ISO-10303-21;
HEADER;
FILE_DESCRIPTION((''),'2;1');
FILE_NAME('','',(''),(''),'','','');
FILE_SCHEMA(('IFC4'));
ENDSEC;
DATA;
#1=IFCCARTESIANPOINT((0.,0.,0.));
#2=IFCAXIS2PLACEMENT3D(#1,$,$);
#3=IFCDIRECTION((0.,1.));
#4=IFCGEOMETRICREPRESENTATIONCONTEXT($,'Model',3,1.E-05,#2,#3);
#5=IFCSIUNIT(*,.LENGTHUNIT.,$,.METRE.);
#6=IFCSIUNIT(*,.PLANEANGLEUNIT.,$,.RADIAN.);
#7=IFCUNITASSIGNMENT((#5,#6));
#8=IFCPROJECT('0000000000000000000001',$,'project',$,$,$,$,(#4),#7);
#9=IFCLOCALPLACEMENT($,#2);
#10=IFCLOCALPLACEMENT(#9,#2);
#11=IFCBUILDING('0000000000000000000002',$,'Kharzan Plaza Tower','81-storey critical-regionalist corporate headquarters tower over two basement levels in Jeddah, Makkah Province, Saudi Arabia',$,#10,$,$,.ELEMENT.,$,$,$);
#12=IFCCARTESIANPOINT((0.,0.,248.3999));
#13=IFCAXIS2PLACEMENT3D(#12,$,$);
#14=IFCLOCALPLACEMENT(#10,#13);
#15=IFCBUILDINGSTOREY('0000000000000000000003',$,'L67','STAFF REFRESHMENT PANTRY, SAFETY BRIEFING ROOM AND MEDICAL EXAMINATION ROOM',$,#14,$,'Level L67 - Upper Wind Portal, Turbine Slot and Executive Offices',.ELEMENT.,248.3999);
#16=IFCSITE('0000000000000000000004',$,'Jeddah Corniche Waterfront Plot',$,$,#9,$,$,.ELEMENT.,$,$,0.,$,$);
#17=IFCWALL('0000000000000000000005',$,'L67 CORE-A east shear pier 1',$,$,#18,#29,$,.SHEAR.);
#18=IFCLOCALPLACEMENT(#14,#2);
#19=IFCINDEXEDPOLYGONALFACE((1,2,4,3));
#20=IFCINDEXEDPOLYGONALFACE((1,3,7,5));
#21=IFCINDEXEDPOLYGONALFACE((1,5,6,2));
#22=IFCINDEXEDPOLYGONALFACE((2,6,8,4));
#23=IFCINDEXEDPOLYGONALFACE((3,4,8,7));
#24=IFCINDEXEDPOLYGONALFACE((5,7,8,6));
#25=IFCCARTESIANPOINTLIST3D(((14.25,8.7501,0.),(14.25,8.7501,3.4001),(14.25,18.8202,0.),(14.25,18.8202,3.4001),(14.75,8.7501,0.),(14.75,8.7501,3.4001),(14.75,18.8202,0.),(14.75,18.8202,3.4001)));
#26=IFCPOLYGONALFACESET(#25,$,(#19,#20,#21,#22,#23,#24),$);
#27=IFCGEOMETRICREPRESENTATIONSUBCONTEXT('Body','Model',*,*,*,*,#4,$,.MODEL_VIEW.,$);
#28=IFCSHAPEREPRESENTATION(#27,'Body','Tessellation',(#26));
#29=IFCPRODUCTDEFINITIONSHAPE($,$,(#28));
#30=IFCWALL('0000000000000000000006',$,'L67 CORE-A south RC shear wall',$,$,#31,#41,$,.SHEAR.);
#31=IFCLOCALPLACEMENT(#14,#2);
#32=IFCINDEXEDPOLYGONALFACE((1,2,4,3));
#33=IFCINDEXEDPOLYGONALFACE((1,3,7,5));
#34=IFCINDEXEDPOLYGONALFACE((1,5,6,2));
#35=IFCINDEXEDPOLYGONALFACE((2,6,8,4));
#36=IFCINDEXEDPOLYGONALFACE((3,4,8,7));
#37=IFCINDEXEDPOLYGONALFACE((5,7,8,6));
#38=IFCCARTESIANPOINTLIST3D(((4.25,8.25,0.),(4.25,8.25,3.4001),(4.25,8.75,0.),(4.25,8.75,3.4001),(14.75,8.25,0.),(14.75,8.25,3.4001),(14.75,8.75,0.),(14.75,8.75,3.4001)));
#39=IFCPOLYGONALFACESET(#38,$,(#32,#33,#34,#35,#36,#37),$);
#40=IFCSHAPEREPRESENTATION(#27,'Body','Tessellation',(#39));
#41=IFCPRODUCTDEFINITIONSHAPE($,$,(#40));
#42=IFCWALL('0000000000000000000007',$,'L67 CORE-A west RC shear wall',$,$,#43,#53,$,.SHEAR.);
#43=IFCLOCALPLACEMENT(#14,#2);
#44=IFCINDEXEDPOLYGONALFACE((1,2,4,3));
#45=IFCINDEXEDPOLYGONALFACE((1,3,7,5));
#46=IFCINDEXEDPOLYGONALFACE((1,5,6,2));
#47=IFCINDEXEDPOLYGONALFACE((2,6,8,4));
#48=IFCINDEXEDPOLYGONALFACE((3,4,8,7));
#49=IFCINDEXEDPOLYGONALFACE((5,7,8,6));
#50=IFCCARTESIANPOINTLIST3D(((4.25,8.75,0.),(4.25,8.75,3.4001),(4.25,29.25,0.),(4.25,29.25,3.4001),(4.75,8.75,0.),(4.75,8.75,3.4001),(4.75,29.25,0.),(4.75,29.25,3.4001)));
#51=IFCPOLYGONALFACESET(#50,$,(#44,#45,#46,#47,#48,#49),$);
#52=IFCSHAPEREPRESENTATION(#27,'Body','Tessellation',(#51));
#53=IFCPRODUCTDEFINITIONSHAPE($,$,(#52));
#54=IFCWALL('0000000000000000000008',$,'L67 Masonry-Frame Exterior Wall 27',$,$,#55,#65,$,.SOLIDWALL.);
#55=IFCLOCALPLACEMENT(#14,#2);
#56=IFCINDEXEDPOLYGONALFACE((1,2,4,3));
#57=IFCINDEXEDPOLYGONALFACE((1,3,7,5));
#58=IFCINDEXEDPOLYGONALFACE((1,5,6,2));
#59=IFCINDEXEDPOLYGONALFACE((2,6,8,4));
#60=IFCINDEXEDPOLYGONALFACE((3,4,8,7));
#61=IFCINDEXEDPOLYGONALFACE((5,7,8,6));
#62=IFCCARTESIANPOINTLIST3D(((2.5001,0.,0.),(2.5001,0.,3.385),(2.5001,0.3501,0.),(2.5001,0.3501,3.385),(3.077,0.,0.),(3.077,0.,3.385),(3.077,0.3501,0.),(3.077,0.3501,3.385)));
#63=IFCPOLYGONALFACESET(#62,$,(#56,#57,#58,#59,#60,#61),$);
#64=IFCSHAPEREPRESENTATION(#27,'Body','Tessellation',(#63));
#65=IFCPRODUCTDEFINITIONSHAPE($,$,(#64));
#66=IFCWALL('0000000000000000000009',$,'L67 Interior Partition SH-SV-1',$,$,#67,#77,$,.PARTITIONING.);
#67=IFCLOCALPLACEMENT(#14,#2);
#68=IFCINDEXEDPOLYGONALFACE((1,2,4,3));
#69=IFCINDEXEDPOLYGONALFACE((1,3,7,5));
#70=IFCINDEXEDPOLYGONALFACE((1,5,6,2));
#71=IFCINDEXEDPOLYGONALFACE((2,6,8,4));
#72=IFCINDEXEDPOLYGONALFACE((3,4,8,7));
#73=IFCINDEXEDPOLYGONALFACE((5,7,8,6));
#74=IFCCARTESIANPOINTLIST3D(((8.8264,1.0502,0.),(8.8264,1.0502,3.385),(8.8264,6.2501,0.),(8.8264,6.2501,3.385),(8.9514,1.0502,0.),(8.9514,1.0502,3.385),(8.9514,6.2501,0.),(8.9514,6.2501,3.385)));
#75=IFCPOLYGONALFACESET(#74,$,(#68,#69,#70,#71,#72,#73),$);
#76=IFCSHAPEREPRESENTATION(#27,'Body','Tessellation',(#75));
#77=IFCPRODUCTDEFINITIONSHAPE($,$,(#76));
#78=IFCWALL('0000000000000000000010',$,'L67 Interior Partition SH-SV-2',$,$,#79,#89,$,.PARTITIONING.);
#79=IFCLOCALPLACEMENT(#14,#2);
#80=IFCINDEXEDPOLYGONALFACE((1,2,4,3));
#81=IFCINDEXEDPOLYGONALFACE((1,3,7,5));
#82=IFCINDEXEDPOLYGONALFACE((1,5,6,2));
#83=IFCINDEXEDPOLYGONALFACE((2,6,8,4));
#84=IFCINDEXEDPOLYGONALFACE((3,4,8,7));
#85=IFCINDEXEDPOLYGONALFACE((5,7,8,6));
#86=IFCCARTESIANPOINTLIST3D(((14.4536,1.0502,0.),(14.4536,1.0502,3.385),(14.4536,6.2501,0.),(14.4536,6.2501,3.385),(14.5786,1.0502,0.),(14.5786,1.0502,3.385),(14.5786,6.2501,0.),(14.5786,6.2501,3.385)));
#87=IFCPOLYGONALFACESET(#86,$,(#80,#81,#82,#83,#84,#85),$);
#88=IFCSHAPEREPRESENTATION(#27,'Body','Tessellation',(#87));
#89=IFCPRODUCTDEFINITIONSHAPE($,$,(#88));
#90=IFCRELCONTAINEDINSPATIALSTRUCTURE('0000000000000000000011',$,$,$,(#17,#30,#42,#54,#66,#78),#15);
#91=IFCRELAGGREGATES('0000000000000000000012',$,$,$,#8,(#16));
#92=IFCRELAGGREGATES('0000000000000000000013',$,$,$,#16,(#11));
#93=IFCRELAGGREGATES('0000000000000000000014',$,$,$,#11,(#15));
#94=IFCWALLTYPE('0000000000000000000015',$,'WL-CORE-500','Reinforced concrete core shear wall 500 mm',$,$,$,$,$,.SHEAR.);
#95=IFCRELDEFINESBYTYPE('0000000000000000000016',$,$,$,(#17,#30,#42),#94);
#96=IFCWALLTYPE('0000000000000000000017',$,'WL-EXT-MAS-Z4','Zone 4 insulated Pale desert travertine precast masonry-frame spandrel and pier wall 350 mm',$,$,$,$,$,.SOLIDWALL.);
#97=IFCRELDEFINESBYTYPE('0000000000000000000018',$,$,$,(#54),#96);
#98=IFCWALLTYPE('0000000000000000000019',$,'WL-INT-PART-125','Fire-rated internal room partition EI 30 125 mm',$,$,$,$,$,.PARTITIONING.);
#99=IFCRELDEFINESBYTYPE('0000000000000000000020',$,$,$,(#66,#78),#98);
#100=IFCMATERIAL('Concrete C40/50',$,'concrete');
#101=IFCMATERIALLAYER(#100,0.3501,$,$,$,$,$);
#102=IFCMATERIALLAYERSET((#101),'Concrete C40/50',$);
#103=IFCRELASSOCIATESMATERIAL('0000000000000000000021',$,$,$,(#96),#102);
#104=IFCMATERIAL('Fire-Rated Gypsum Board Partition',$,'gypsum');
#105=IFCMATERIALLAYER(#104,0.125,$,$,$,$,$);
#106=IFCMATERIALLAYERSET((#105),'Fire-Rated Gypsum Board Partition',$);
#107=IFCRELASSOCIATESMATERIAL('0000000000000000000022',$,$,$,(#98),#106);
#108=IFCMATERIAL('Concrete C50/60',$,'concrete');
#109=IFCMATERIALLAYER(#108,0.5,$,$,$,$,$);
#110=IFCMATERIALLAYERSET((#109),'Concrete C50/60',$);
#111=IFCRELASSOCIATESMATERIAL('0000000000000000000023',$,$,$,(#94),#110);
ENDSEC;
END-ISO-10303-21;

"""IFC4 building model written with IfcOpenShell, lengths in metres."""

from ifc_helpers import new_model, si_unit, direction, frame, frame_2d, origin, place, context, subcontext, project, spatial, rectangle, extrude, source, transform, mapped, material, layer, layer_set, type_object, element, save


model = new_model("IFC4")

# Units and contexts
model_context = context("Model", 3, precision=1e-05, world=origin(), true_north=direction((0.0, 1.0)))
body_context = subcontext(model_context, "Body", "Model", "MODEL_VIEW")
ifc_project = project(units=[si_unit("LENGTHUNIT", "METRE"), si_unit("PLANEANGLEUNIT", "RADIAN")], contexts=[model_context])

# Site, building, storey
site_placement = place(None, origin())
site = spatial("IfcSite", under=ifc_project, at=site_placement, Name="Jeddah Corniche Waterfront Plot", CompositionType="ELEMENT", RefElevation=0.0)
building_placement = place(site_placement, origin())
building = spatial("IfcBuilding", under=site, at=building_placement, Name="Kharzan Plaza Tower", Description="81-storey critical-regionalist corporate headquarters tower over two basement levels in Jeddah, Makkah Province, Saudi Arabia", CompositionType="ELEMENT")
storey_placement = place(building_placement, frame((0.0, 0.0, 248.3999)))
storey = spatial("IfcBuildingStorey", under=building, at=storey_placement, Name="L67", Description="STAFF REFRESHMENT PANTRY, SAFETY BRIEFING ROOM AND MEDICAL EXAMINATION ROOM", LongName="Level L67 - Upper Wind Portal, Turbine Slot and Executive Offices", CompositionType="ELEMENT", Elevation=248.3999)

# Shared definitions
ifc_material_1 = material(Name="Concrete C50/60", Category="concrete")

# Shared definitions
ifc_material_2 = material(Name="Concrete C40/50", Category="concrete")
ifc_layer_1 = layer(ifc_material_2, 0.3501)
ifc_layer_set_1 = layer_set([ifc_layer_1], Name="Concrete C40/50")
wall_type_1 = type_object("IfcWallType", Name="WL-EXT-MAS-Z4", Description="Zone 4 insulated Pale desert travertine precast masonry-frame spandrel and pier wall 350 mm", PredefinedType="SOLIDWALL", material=ifc_layer_set_1)

# Shared definitions
ifc_material_3 = material(Name="Fire-Rated Gypsum Board Partition", Category="gypsum")
ifc_layer_2 = layer(ifc_material_3, 0.125)
ifc_layer_set_2 = layer_set([ifc_layer_2], Name="Fire-Rated Gypsum Board Partition")
wall_type_2 = type_object("IfcWallType", Name="WL-INT-PART-125", Description="Fire-rated internal room partition EI 30 125 mm", PredefinedType="PARTITIONING", material=ifc_layer_set_2)

# Walls
ifc_layer_3 = layer(ifc_material_1, 0.5)
ifc_layer_set_3 = layer_set([ifc_layer_3], Name="Concrete C50/60")
wall_type_3 = type_object("IfcWallType", Name="WL-CORE-500", Description="Reinforced concrete core shear wall 500 mm", PredefinedType="SHEAR", material=ifc_layer_set_3)
shared_shape_1 = source(origin(), body_context, "Body", "SweptSolid", [
    extrude(rectangle(XDim=10.0701, YDim=0.5, at=frame_2d((5.0352, 0.0))), origin(), (0.0, 0.0, 1.0), 3.4001),
])
wall_1_placement = place(storey_placement, frame((14.5, 8.75, 0.0), z_axis=(0.0, 0.0, 1.0), x_axis=(0.0, 1.0, 0.0)))
element("IfcWall", 1, at=wall_1_placement, inside=storey, type_object=wall_type_3, Name="L67 CORE-A east shear pier 1", PredefinedType="SHEAR", context=body_context, shape_type="MappedRepresentation", body=[
    mapped(shared_shape_1, transform((0.0, 0.0, 0.0), x_axis=(1.0, 0.0, 0.0), y_axis=(0.0, 1.0, 0.0), z_axis=(0.0, 0.0, 1.0))),
])
shared_shape_2 = source(origin(), body_context, "Body", "SweptSolid", [
    extrude(rectangle(XDim=10.5, YDim=0.5, at=frame_2d((5.25, 0.0))), origin(), (0.0, 0.0, 1.0), 3.4001),
])
wall_2_placement = place(storey_placement, frame((4.25, 8.5, 0.0), z_axis=(0.0, 0.0, 1.0), x_axis=(1.0, 0.0, 0.0)))
element("IfcWall", 2, at=wall_2_placement, inside=storey, type_object=wall_type_3, Name="L67 CORE-A south RC shear wall", PredefinedType="SHEAR", context=body_context, shape_type="MappedRepresentation", body=[
    mapped(shared_shape_2, transform((0.0, 0.0, 0.0), x_axis=(1.0, 0.0, 0.0), y_axis=(0.0, 1.0, 0.0), z_axis=(0.0, 0.0, 1.0))),
])
shared_shape_3 = source(origin(), body_context, "Body", "SweptSolid", [
    extrude(rectangle(XDim=20.5, YDim=0.5, at=frame_2d((10.25, 0.0))), origin(), (0.0, 0.0, 1.0), 3.4001),
])
wall_3_placement = place(storey_placement, frame((4.5, 8.75, 0.0), z_axis=(0.0, 0.0, 1.0), x_axis=(0.0, 1.0, 0.0)))
element("IfcWall", 3, at=wall_3_placement, inside=storey, type_object=wall_type_3, Name="L67 CORE-A west RC shear wall", PredefinedType="SHEAR", context=body_context, shape_type="MappedRepresentation", body=[
    mapped(shared_shape_3, transform((0.0, 0.0, 0.0), x_axis=(1.0, 0.0, 0.0), y_axis=(0.0, 1.0, 0.0), z_axis=(0.0, 0.0, 1.0))),
])
shared_shape_4 = source(origin(), body_context, "Body", "SweptSolid", [
    extrude(rectangle(XDim=0.5769, YDim=0.3501, at=frame_2d((0.2886, 0.0))), origin(), (0.0, 0.0, 1.0), 3.385),
])
wall_4_placement = place(storey_placement, frame((2.5, 0.175, 0.0), z_axis=(0.0, 0.0, 1.0), x_axis=(1.0, 0.0, 0.0)))
element("IfcWall", 4, at=wall_4_placement, inside=storey, type_object=wall_type_1, Name="L67 Masonry-Frame Exterior Wall 27", PredefinedType="SOLIDWALL", context=body_context, shape_type="MappedRepresentation", body=[
    mapped(shared_shape_4, transform((0.0, 0.0, 0.0), x_axis=(1.0, 0.0, 0.0), y_axis=(0.0, 1.0, 0.0), z_axis=(0.0, 0.0, 1.0))),
])
shared_shape_5 = source(origin(), body_context, "Body", "SweptSolid", [
    extrude(rectangle(XDim=5.2, YDim=0.125, at=frame_2d((2.6001, 0.0))), origin(), (0.0, 0.0, 1.0), 3.385),
])
for number, where, z_axis, x_axis, name in (
    (5, (8.8889, 1.05, 0.0), (0.0, 0.0, 1.0), (0.0, 1.0, 0.0), "L67 Interior Partition SH-SV-1"),
    (6, (14.5161, 1.05, 0.0), (0.0, 0.0, 1.0), (0.0, 1.0, 0.0), "L67 Interior Partition SH-SV-2"),
):
    element("IfcWall", number, at=place(storey_placement, frame(where, z_axis=z_axis, x_axis=x_axis)), inside=storey, type_object=wall_type_2, Name=name, PredefinedType="PARTITIONING", context=body_context, shape_type="MappedRepresentation", body=[
        mapped(shared_shape_5, transform((0.0, 0.0, 0.0), x_axis=(1.0, 0.0, 0.0), y_axis=(0.0, 1.0, 0.0), z_axis=(0.0, 0.0, 1.0))),
    ])

save(model, "model.ifc")
